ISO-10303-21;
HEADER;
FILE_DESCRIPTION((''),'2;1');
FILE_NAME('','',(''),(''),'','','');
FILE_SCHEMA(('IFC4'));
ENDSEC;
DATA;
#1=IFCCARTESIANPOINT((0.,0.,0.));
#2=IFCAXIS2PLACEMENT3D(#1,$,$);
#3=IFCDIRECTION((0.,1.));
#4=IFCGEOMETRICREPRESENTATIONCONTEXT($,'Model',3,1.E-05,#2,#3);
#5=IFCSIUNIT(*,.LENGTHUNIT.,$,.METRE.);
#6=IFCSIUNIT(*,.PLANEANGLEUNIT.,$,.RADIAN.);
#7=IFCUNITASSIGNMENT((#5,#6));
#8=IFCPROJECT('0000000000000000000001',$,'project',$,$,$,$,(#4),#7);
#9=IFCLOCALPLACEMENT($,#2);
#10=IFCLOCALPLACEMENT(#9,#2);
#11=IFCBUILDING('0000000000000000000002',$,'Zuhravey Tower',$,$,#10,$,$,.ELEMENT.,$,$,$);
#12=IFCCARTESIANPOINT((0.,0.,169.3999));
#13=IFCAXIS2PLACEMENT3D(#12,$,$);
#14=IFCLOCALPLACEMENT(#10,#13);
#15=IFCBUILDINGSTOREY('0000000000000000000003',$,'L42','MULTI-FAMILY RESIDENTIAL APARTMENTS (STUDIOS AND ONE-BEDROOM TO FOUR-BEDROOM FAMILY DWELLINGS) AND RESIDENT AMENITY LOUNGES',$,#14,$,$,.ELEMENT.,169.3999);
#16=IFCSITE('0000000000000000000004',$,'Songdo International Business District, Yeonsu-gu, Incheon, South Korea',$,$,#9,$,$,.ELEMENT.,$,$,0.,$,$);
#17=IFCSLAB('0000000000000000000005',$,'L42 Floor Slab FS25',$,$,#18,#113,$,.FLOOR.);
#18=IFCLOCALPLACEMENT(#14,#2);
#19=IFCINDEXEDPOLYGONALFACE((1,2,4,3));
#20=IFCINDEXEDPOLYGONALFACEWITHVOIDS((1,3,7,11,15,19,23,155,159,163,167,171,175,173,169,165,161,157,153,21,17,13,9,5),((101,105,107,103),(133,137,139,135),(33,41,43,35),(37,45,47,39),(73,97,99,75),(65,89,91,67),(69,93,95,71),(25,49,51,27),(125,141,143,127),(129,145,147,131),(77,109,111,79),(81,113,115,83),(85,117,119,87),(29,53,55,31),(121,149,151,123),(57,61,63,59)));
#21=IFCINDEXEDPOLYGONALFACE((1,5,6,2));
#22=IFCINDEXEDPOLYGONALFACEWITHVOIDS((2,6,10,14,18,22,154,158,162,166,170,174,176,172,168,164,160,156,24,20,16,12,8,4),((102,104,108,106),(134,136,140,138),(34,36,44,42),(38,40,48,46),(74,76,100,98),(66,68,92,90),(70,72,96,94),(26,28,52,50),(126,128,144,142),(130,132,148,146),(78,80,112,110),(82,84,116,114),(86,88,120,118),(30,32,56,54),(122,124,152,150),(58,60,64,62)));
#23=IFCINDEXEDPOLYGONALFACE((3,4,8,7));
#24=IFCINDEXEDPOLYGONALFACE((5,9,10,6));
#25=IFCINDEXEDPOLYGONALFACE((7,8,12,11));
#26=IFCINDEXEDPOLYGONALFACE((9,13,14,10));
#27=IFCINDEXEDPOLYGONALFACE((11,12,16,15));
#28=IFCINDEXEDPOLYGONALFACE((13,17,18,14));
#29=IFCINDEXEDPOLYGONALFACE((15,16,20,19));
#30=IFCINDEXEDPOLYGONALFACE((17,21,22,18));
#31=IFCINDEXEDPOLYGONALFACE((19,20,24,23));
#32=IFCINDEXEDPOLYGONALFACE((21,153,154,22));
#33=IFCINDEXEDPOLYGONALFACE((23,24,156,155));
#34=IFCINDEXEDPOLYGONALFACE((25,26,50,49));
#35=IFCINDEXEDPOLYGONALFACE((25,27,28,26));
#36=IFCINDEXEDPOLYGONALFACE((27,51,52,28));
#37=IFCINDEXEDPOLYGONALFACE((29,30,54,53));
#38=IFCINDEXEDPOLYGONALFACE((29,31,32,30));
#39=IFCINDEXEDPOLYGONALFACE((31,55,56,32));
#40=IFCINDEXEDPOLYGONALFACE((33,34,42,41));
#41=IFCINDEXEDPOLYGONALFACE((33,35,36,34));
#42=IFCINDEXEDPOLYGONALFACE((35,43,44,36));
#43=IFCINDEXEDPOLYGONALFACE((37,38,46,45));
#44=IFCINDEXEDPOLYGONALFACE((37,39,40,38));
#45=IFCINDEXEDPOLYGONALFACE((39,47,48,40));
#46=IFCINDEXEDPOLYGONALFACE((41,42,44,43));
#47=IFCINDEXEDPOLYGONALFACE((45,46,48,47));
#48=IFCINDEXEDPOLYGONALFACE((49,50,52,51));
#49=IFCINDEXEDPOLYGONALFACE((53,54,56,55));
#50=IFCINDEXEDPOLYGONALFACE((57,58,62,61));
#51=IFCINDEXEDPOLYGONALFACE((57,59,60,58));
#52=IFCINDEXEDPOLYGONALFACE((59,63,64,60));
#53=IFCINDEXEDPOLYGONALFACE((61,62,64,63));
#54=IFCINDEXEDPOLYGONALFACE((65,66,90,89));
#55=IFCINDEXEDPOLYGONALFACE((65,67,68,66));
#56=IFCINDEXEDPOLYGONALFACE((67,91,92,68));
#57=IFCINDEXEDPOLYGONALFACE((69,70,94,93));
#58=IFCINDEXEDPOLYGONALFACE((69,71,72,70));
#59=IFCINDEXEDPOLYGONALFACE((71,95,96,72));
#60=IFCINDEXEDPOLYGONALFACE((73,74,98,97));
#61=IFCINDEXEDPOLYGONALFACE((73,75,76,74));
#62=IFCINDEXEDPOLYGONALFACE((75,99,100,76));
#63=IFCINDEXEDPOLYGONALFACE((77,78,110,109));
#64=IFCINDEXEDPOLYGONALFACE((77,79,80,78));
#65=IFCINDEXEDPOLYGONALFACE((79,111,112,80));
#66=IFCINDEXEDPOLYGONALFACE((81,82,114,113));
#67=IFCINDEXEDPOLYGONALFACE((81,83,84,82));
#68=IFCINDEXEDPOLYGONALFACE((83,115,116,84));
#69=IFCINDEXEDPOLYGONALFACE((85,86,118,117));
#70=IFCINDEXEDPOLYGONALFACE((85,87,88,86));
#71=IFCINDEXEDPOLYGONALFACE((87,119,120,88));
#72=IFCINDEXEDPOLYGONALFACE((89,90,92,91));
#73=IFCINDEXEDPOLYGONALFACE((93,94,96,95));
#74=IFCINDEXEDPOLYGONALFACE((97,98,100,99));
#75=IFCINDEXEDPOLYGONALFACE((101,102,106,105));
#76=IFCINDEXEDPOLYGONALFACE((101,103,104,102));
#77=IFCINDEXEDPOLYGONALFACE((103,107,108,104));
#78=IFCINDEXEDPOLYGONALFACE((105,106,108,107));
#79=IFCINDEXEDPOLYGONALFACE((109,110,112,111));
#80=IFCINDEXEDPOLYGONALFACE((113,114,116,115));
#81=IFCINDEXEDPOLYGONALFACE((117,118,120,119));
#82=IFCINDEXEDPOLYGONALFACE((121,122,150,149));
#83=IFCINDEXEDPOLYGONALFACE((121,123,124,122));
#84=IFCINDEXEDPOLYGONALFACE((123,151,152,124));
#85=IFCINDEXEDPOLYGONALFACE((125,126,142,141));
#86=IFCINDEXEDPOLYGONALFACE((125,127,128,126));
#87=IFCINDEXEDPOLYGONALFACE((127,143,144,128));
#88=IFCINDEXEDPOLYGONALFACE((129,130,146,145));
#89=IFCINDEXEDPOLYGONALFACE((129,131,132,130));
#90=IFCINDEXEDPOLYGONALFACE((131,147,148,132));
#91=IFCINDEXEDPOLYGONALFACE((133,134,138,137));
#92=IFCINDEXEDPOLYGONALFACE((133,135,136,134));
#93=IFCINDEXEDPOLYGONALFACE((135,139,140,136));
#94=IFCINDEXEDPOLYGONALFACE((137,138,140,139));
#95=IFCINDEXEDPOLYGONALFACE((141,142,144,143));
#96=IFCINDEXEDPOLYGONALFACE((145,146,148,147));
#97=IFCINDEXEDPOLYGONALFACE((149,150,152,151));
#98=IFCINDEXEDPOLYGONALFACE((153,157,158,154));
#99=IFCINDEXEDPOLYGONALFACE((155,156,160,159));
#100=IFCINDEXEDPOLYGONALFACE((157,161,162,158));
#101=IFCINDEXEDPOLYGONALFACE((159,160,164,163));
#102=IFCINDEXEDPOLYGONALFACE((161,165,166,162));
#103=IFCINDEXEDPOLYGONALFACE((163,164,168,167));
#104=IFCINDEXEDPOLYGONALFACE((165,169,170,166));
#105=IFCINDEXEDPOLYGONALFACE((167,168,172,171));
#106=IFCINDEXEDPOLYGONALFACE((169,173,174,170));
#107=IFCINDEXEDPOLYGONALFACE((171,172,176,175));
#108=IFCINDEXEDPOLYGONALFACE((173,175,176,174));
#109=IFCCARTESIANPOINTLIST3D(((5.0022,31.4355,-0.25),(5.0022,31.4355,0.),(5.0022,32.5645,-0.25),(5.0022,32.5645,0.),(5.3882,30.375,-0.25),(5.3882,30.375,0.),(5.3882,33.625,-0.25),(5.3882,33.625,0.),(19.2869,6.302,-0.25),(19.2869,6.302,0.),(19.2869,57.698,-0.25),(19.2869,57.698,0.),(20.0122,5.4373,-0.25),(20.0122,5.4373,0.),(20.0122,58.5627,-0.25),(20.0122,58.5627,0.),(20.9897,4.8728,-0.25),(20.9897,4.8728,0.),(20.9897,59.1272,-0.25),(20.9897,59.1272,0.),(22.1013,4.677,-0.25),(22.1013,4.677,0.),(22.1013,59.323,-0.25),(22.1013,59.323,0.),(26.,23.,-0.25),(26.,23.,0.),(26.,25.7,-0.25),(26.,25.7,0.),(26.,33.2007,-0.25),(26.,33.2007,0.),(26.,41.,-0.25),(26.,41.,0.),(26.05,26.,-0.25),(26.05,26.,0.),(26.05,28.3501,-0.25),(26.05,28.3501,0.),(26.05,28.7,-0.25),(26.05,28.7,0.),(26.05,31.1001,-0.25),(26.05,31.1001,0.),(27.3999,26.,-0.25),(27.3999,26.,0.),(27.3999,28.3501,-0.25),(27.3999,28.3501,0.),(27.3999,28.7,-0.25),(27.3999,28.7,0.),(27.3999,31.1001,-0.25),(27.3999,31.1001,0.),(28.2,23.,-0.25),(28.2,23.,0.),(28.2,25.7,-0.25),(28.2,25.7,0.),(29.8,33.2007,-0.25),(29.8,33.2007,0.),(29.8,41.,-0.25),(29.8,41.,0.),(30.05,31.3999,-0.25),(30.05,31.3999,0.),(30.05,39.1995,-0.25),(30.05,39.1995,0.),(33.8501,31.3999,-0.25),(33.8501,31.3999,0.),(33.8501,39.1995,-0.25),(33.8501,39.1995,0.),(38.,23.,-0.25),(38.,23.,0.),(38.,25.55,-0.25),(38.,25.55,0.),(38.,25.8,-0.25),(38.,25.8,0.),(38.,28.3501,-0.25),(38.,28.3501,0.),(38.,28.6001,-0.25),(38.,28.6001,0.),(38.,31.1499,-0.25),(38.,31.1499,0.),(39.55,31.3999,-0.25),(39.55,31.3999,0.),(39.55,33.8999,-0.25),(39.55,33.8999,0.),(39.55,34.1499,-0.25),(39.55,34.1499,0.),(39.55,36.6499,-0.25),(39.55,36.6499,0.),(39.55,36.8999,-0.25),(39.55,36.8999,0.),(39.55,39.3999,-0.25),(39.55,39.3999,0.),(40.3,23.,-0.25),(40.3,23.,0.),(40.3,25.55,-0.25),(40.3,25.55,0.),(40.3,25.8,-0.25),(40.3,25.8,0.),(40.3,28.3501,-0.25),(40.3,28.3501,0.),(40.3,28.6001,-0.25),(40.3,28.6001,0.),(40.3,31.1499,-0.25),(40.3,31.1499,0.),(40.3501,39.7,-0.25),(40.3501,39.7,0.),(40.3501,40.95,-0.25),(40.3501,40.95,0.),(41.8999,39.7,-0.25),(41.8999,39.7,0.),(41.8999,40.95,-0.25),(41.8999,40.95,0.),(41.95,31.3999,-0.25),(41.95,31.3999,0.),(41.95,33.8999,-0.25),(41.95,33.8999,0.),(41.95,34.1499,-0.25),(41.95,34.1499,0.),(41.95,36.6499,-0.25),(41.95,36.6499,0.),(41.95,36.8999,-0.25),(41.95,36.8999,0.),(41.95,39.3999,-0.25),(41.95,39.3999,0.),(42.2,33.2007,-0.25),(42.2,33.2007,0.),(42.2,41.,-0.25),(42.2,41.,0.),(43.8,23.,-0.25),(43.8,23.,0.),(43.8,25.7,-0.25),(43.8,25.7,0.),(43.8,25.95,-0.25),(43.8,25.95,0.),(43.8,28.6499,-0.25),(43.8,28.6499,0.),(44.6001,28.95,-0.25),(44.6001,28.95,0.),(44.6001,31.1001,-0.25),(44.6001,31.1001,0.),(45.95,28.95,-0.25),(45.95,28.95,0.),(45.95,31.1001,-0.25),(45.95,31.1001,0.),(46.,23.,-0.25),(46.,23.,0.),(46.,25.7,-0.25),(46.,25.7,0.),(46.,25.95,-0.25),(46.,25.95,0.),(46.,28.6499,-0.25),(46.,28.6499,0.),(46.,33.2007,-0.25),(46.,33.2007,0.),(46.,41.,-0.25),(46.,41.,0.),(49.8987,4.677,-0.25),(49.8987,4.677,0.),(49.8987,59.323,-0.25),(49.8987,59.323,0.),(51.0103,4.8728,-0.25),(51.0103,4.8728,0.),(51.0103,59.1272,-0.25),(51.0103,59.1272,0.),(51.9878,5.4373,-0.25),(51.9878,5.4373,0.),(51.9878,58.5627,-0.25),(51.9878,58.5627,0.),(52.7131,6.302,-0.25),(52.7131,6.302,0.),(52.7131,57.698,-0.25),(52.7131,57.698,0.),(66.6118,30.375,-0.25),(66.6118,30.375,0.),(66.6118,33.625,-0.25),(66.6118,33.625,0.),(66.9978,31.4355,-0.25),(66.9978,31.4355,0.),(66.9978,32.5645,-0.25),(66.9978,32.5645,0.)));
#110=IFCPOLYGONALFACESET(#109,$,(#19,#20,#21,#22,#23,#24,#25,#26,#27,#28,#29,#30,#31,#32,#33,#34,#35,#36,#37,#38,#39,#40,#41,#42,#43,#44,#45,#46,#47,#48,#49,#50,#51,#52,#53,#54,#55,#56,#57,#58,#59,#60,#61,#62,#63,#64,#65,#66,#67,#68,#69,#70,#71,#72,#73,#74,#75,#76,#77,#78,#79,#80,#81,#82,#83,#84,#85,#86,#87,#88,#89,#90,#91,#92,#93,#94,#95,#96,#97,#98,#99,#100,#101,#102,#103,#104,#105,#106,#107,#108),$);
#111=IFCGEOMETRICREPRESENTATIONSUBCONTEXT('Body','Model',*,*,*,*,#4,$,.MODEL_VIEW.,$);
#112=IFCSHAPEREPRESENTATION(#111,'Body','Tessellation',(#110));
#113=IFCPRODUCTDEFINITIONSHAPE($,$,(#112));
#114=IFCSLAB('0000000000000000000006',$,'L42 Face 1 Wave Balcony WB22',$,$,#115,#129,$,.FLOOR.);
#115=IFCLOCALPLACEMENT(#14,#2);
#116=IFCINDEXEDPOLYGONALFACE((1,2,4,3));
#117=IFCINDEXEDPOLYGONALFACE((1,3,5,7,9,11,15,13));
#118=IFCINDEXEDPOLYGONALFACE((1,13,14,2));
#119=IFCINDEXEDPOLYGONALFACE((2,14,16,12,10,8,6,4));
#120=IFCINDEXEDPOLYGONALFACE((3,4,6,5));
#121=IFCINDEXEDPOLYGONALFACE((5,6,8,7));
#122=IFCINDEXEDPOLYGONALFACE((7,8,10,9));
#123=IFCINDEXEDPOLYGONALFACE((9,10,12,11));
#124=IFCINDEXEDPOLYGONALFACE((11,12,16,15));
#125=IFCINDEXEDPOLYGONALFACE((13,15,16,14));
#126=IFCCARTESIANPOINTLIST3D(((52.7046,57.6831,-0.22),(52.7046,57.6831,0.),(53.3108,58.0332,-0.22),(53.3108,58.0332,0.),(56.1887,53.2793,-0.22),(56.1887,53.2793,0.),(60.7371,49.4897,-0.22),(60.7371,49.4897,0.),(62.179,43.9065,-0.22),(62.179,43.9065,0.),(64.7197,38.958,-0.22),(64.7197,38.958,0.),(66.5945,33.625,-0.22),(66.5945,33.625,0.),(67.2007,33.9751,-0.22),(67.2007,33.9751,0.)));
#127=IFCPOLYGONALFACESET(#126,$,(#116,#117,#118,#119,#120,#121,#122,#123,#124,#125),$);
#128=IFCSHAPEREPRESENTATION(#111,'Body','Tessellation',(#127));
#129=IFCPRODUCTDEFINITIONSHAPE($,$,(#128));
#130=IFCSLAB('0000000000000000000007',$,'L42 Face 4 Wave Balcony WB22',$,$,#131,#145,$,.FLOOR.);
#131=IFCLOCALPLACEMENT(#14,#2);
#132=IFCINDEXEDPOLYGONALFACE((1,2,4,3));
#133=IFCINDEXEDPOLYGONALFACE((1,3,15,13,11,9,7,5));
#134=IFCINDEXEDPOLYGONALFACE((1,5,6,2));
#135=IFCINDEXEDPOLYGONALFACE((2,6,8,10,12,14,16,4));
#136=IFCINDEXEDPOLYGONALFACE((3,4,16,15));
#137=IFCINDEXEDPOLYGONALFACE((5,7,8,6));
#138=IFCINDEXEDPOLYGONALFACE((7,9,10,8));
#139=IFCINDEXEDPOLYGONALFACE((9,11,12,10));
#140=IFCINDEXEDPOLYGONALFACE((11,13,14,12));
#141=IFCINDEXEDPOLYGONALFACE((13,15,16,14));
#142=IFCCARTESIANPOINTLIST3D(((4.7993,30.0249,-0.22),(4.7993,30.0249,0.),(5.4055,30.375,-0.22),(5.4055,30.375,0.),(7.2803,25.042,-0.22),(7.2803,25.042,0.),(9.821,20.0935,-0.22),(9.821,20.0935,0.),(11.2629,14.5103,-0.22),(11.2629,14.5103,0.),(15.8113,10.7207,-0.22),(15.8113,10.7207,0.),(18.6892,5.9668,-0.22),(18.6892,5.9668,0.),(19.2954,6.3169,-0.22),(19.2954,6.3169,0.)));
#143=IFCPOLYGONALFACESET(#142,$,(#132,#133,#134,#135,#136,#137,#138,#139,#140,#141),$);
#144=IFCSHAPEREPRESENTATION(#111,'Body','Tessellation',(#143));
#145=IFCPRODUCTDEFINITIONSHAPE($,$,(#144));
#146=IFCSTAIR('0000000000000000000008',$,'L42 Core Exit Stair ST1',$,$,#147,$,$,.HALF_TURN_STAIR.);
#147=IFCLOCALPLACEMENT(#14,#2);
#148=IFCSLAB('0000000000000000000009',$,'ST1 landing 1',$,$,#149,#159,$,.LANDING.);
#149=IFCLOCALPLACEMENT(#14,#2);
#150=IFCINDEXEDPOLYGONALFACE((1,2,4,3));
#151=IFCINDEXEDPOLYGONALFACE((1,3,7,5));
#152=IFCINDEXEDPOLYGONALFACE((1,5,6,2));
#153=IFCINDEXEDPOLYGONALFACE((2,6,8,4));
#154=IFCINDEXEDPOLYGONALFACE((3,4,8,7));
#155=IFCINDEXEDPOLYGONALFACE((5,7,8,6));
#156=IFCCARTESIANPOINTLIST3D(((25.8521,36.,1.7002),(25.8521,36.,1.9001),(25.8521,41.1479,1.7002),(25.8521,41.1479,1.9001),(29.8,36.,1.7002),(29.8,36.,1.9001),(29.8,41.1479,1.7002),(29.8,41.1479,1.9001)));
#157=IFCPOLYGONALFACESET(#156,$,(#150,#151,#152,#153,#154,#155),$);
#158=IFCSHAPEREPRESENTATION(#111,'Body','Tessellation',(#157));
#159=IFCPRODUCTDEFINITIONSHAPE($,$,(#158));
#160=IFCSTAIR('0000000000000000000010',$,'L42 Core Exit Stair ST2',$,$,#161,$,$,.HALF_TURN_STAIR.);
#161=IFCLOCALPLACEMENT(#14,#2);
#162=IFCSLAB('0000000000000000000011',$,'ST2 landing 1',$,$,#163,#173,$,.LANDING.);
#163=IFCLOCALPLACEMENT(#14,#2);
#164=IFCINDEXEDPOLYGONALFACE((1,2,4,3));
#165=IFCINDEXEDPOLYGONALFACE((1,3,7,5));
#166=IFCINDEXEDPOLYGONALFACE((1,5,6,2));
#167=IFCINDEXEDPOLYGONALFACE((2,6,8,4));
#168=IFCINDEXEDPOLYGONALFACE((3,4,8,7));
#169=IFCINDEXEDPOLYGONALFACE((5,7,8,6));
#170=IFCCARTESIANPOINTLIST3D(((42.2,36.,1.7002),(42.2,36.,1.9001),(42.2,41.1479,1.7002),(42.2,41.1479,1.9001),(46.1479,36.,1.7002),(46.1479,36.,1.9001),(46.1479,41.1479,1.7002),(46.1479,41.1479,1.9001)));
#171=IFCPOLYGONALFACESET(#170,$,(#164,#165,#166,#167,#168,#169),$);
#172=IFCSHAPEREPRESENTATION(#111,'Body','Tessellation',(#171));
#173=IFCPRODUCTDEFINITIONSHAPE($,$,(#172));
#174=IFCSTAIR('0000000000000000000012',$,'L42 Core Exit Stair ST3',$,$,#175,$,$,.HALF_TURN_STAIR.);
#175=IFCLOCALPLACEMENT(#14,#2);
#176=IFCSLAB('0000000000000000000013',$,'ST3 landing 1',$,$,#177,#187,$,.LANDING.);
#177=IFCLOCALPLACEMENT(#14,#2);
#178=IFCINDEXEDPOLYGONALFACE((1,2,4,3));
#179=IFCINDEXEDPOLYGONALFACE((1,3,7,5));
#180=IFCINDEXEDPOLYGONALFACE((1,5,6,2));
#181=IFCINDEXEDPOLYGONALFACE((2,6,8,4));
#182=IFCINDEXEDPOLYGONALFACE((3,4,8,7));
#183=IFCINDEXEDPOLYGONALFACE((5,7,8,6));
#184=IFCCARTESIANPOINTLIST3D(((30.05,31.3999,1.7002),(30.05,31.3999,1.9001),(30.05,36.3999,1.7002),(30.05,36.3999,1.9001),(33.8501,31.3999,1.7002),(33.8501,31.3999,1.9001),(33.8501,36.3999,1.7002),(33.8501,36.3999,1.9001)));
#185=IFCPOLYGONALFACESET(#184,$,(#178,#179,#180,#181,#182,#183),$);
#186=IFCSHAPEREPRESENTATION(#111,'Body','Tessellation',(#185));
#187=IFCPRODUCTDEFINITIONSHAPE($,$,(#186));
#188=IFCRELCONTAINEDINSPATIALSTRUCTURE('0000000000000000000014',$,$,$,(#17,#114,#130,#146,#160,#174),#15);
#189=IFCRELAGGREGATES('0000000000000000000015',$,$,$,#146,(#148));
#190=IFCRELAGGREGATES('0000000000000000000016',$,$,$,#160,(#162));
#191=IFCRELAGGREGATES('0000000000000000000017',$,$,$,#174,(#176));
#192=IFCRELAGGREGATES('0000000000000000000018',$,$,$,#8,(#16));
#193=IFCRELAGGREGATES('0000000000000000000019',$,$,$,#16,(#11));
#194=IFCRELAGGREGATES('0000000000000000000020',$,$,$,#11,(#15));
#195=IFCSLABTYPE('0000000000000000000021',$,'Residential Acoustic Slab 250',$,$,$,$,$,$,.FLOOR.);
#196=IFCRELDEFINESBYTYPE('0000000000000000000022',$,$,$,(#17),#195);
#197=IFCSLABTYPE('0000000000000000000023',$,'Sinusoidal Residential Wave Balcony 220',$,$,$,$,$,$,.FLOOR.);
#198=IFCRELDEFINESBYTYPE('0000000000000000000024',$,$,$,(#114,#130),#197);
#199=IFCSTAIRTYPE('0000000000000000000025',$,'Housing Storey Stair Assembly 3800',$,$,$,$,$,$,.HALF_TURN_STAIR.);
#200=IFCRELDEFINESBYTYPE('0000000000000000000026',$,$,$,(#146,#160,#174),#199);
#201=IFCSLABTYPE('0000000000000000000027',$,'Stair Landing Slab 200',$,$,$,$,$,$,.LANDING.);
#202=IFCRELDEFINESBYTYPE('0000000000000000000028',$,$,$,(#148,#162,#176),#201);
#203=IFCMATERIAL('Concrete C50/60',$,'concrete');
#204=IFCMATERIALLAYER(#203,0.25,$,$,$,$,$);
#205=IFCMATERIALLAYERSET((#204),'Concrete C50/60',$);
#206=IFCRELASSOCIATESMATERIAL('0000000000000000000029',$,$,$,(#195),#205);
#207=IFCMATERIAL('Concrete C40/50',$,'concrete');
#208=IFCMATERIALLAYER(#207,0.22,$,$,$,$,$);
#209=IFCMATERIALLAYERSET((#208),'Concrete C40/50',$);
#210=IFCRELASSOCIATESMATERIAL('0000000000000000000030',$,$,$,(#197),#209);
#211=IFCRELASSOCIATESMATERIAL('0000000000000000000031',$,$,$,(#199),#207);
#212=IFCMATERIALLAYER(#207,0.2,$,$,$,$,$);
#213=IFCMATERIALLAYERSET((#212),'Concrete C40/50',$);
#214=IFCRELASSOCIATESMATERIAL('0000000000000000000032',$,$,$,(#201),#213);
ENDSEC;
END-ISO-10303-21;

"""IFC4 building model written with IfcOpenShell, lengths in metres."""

from ifc_helpers import new_model, si_unit, direction, frame, origin, place, context, subcontext, project, spatial, polyline, outline, extrude, material, layer, layer_set, type_object, element, aggregate, save


model = new_model("IFC4")

# Units and contexts
model_context = context("Model", 3, precision=1e-05, world=origin(), true_north=direction((0.0, 1.0)))
body_context = subcontext(model_context, "Body", "Model", "MODEL_VIEW")
ifc_project = project(units=[si_unit("LENGTHUNIT", "METRE"), si_unit("PLANEANGLEUNIT", "RADIAN")], contexts=[model_context])

# Site, building, storey
site_placement = place(None, origin())
site = spatial("IfcSite", under=ifc_project, at=site_placement, Name="Songdo International Business District, Yeonsu-gu, Incheon, South Korea", CompositionType="ELEMENT", RefElevation=0.0)
building_placement = place(site_placement, origin())
building = spatial("IfcBuilding", under=site, at=building_placement, Name="Zuhravey Tower", CompositionType="ELEMENT")
storey_placement = place(building_placement, frame((0.0, 0.0, 169.3999)))
storey = spatial("IfcBuildingStorey", under=building, at=storey_placement, Name="L42", Description="MULTI-FAMILY RESIDENTIAL APARTMENTS (STUDIOS AND ONE-BEDROOM TO FOUR-BEDROOM FAMILY DWELLINGS) AND RESIDENT AMENITY LOUNGES", CompositionType="ELEMENT", Elevation=169.3999)

# Slabs
ifc_material_1 = material(Name="Concrete C50/60", Category="concrete")
ifc_layer_1 = layer(ifc_material_1, 0.25)
ifc_layer_set_1 = layer_set([ifc_layer_1], Name="Concrete C50/60")
slab_type_1 = type_object("IfcSlabType", Name="Residential Acoustic Slab 250", PredefinedType="FLOOR", material=ifc_layer_set_1)
slab_1_placement = place(storey_placement, frame((0.0, 0.0, -0.25)))
element("IfcSlab", 1, at=slab_1_placement, inside=storey, type_object=slab_type_1, Name="L42 Floor Slab FS25", PredefinedType="FLOOR", context=body_context, shape_type="SweptSolid", body=[
    extrude(outline(polyline([(66.6118, 30.375), (66.9978, 31.4355), (66.9978, 32.5645), (66.6118, 33.625), (52.7131, 57.698), (51.9878, 58.5627), (51.0103, 59.1272), (49.8987, 59.323), (22.1013, 59.323), (20.9897, 59.1272), (20.0122, 58.5627), (19.2869, 57.698), (5.3882, 33.625), (5.0022, 32.5645), (5.0022, 31.4355), (5.3882, 30.375), (19.2869, 6.302), (20.0122, 5.4373), (20.9897, 4.8728), (22.1013, 4.677), (49.8987, 4.677), (51.0103, 4.8728), (51.9878, 5.4373), (52.7131, 6.302), (66.6118, 30.375)]), holes=[polyline([(29.8, 33.2007), (29.8, 41.0), (26.0, 41.0), (26.0, 33.2007), (29.8, 33.2007)]), polyline([(46.0, 33.2007), (46.0, 41.0), (42.2, 41.0), (42.2, 33.2007), (46.0, 33.2007)]), polyline([(30.05, 39.1995), (30.05, 31.3999), (33.8501, 31.3999), (33.8501, 39.1995), (30.05, 39.1995)]), polyline([(38.0, 23.0), (40.3, 23.0), (40.3, 25.55), (38.0, 25.55), (38.0, 23.0)]), polyline([(38.0, 25.8), (40.3, 25.8), (40.3, 28.3501), (38.0, 28.3501), (38.0, 25.8)]), polyline([(38.0, 28.6001), (40.3, 28.6001), (40.3, 31.1499), (38.0, 31.1499), (38.0, 28.6001)]), polyline([(39.55, 31.3999), (41.95, 31.3999), (41.95, 33.8999), (39.55, 33.8999), (39.55, 31.3999)]), polyline([(39.55, 34.1499), (41.95, 34.1499), (41.95, 36.6499), (39.55, 36.6499), (39.55, 34.1499)]), polyline([(39.55, 36.8999), (41.95, 36.8999), (41.95, 39.3999), (39.55, 39.3999), (39.55, 36.8999)]), polyline([(26.0, 23.0), (28.2, 23.0), (28.2, 25.7), (26.0, 25.7), (26.0, 23.0)]), polyline([(43.8, 23.0), (46.0, 23.0), (46.0, 25.7), (43.8, 25.7), (43.8, 23.0)]), polyline([(43.8, 25.95), (46.0, 25.95), (46.0, 28.6499), (43.8, 28.6499), (43.8, 25.95)]), polyline([(26.05, 26.0), (27.3999, 26.0), (27.3999, 28.3501), (26.05, 28.3501), (26.05, 26.0)]), polyline([(26.05, 28.7), (27.3999, 28.7), (27.3999, 31.1001), (26.05, 31.1001), (26.05, 28.7)]), polyline([(44.6001, 28.95), (45.95, 28.95), (45.95, 31.1001), (44.6001, 31.1001), (44.6001, 28.95)]), polyline([(40.3501, 39.7), (41.8999, 39.7), (41.8999, 40.95), (40.3501, 40.95), (40.3501, 39.7)])]), origin(), (0.0, 0.0, 1.0), 0.25),
])
ifc_material_2 = material(Name="Concrete C40/50", Category="concrete")
ifc_layer_2 = layer(ifc_material_2, 0.22)
ifc_layer_set_2 = layer_set([ifc_layer_2], Name="Concrete C40/50")
slab_type_2 = type_object("IfcSlabType", Name="Sinusoidal Residential Wave Balcony 220", PredefinedType="FLOOR", material=ifc_layer_set_2)
slab_2_placement = place(storey_placement, frame((0.0, 0.0, -0.22)))
element("IfcSlab", 2, at=slab_2_placement, inside=storey, type_object=slab_type_2, Name="L42 Face 1 Wave Balcony WB22", PredefinedType="FLOOR", context=body_context, shape_type="SweptSolid", body=[
    extrude(outline(polyline([(66.5945, 33.625), (52.7046, 57.6831), (53.3108, 58.0332), (56.1887, 53.2793), (60.7371, 49.4897), (62.179, 43.9065), (64.7197, 38.958), (67.2007, 33.9751), (66.5945, 33.625)])), origin(), (0.0, 0.0, 1.0), 0.22),
])
slab_3_placement = place(storey_placement, frame((0.0, 0.0, -0.22)))
element("IfcSlab", 3, at=slab_3_placement, inside=storey, type_object=slab_type_2, Name="L42 Face 4 Wave Balcony WB22", PredefinedType="FLOOR", context=body_context, shape_type="SweptSolid", body=[
    extrude(outline(polyline([(5.4055, 30.375), (19.2954, 6.3169), (18.6892, 5.9668), (15.8113, 10.7207), (11.2629, 14.5103), (9.821, 20.0935), (7.2803, 25.042), (4.7993, 30.0249), (5.4055, 30.375)])), origin(), (0.0, 0.0, 1.0), 0.22),
])

# Stairs, slabs
stair_type = type_object("IfcStairType", Name="Housing Storey Stair Assembly 3800", PredefinedType="HALF_TURN_STAIR", material=ifc_material_2)
stair_1_placement = place(storey_placement, origin())
stair_1 = element("IfcStair", 4, at=stair_1_placement, inside=storey, type_object=stair_type, Name="L42 Core Exit Stair ST1", PredefinedType="HALF_TURN_STAIR")
ifc_layer_3 = layer(ifc_material_2, 0.2)
ifc_layer_set_3 = layer_set([ifc_layer_3], Name="Concrete C40/50")
slab_type_3 = type_object("IfcSlabType", Name="Stair Landing Slab 200", PredefinedType="LANDING", material=ifc_layer_set_3)
slab_4_placement = place(storey_placement, frame((0.0, 0.0, 1.7002)))
slab_4 = element("IfcSlab", 5, at=slab_4_placement, type_object=slab_type_3, Name="ST1 landing 1", PredefinedType="LANDING", context=body_context, shape_type="SweptSolid", body=[
    extrude(outline(polyline([(29.8, 36.0), (29.8, 41.1479), (25.8521, 41.1479), (25.8521, 36.0), (29.8, 36.0)])), origin(), (0.0, 0.0, 1.0), 0.2),
])
aggregate(stair_1, [slab_4])
stair_2_placement = place(storey_placement, origin())
stair_2 = element("IfcStair", 6, at=stair_2_placement, inside=storey, type_object=stair_type, Name="L42 Core Exit Stair ST2", PredefinedType="HALF_TURN_STAIR")
slab_5_placement = place(storey_placement, frame((0.0, 0.0, 1.7002)))
slab_5 = element("IfcSlab", 7, at=slab_5_placement, type_object=slab_type_3, Name="ST2 landing 1", PredefinedType="LANDING", context=body_context, shape_type="SweptSolid", body=[
    extrude(outline(polyline([(46.1479, 36.0), (46.1479, 41.1479), (42.2, 41.1479), (42.2, 36.0), (46.1479, 36.0)])), origin(), (0.0, 0.0, 1.0), 0.2),
])
aggregate(stair_2, [slab_5])
stair_3_placement = place(storey_placement, origin())
stair_3 = element("IfcStair", 8, at=stair_3_placement, inside=storey, type_object=stair_type, Name="L42 Core Exit Stair ST3", PredefinedType="HALF_TURN_STAIR")
slab_6_placement = place(storey_placement, frame((0.0, 0.0, 1.7002)))
slab_6 = element("IfcSlab", 9, at=slab_6_placement, type_object=slab_type_3, Name="ST3 landing 1", PredefinedType="LANDING", context=body_context, shape_type="SweptSolid", body=[
    extrude(outline(polyline([(30.05, 36.3999), (30.05, 31.3999), (33.8501, 31.3999), (33.8501, 36.3999), (30.05, 36.3999)])), origin(), (0.0, 0.0, 1.0), 0.2),
])
aggregate(stair_3, [slab_6])

save(model, "model.ifc")
